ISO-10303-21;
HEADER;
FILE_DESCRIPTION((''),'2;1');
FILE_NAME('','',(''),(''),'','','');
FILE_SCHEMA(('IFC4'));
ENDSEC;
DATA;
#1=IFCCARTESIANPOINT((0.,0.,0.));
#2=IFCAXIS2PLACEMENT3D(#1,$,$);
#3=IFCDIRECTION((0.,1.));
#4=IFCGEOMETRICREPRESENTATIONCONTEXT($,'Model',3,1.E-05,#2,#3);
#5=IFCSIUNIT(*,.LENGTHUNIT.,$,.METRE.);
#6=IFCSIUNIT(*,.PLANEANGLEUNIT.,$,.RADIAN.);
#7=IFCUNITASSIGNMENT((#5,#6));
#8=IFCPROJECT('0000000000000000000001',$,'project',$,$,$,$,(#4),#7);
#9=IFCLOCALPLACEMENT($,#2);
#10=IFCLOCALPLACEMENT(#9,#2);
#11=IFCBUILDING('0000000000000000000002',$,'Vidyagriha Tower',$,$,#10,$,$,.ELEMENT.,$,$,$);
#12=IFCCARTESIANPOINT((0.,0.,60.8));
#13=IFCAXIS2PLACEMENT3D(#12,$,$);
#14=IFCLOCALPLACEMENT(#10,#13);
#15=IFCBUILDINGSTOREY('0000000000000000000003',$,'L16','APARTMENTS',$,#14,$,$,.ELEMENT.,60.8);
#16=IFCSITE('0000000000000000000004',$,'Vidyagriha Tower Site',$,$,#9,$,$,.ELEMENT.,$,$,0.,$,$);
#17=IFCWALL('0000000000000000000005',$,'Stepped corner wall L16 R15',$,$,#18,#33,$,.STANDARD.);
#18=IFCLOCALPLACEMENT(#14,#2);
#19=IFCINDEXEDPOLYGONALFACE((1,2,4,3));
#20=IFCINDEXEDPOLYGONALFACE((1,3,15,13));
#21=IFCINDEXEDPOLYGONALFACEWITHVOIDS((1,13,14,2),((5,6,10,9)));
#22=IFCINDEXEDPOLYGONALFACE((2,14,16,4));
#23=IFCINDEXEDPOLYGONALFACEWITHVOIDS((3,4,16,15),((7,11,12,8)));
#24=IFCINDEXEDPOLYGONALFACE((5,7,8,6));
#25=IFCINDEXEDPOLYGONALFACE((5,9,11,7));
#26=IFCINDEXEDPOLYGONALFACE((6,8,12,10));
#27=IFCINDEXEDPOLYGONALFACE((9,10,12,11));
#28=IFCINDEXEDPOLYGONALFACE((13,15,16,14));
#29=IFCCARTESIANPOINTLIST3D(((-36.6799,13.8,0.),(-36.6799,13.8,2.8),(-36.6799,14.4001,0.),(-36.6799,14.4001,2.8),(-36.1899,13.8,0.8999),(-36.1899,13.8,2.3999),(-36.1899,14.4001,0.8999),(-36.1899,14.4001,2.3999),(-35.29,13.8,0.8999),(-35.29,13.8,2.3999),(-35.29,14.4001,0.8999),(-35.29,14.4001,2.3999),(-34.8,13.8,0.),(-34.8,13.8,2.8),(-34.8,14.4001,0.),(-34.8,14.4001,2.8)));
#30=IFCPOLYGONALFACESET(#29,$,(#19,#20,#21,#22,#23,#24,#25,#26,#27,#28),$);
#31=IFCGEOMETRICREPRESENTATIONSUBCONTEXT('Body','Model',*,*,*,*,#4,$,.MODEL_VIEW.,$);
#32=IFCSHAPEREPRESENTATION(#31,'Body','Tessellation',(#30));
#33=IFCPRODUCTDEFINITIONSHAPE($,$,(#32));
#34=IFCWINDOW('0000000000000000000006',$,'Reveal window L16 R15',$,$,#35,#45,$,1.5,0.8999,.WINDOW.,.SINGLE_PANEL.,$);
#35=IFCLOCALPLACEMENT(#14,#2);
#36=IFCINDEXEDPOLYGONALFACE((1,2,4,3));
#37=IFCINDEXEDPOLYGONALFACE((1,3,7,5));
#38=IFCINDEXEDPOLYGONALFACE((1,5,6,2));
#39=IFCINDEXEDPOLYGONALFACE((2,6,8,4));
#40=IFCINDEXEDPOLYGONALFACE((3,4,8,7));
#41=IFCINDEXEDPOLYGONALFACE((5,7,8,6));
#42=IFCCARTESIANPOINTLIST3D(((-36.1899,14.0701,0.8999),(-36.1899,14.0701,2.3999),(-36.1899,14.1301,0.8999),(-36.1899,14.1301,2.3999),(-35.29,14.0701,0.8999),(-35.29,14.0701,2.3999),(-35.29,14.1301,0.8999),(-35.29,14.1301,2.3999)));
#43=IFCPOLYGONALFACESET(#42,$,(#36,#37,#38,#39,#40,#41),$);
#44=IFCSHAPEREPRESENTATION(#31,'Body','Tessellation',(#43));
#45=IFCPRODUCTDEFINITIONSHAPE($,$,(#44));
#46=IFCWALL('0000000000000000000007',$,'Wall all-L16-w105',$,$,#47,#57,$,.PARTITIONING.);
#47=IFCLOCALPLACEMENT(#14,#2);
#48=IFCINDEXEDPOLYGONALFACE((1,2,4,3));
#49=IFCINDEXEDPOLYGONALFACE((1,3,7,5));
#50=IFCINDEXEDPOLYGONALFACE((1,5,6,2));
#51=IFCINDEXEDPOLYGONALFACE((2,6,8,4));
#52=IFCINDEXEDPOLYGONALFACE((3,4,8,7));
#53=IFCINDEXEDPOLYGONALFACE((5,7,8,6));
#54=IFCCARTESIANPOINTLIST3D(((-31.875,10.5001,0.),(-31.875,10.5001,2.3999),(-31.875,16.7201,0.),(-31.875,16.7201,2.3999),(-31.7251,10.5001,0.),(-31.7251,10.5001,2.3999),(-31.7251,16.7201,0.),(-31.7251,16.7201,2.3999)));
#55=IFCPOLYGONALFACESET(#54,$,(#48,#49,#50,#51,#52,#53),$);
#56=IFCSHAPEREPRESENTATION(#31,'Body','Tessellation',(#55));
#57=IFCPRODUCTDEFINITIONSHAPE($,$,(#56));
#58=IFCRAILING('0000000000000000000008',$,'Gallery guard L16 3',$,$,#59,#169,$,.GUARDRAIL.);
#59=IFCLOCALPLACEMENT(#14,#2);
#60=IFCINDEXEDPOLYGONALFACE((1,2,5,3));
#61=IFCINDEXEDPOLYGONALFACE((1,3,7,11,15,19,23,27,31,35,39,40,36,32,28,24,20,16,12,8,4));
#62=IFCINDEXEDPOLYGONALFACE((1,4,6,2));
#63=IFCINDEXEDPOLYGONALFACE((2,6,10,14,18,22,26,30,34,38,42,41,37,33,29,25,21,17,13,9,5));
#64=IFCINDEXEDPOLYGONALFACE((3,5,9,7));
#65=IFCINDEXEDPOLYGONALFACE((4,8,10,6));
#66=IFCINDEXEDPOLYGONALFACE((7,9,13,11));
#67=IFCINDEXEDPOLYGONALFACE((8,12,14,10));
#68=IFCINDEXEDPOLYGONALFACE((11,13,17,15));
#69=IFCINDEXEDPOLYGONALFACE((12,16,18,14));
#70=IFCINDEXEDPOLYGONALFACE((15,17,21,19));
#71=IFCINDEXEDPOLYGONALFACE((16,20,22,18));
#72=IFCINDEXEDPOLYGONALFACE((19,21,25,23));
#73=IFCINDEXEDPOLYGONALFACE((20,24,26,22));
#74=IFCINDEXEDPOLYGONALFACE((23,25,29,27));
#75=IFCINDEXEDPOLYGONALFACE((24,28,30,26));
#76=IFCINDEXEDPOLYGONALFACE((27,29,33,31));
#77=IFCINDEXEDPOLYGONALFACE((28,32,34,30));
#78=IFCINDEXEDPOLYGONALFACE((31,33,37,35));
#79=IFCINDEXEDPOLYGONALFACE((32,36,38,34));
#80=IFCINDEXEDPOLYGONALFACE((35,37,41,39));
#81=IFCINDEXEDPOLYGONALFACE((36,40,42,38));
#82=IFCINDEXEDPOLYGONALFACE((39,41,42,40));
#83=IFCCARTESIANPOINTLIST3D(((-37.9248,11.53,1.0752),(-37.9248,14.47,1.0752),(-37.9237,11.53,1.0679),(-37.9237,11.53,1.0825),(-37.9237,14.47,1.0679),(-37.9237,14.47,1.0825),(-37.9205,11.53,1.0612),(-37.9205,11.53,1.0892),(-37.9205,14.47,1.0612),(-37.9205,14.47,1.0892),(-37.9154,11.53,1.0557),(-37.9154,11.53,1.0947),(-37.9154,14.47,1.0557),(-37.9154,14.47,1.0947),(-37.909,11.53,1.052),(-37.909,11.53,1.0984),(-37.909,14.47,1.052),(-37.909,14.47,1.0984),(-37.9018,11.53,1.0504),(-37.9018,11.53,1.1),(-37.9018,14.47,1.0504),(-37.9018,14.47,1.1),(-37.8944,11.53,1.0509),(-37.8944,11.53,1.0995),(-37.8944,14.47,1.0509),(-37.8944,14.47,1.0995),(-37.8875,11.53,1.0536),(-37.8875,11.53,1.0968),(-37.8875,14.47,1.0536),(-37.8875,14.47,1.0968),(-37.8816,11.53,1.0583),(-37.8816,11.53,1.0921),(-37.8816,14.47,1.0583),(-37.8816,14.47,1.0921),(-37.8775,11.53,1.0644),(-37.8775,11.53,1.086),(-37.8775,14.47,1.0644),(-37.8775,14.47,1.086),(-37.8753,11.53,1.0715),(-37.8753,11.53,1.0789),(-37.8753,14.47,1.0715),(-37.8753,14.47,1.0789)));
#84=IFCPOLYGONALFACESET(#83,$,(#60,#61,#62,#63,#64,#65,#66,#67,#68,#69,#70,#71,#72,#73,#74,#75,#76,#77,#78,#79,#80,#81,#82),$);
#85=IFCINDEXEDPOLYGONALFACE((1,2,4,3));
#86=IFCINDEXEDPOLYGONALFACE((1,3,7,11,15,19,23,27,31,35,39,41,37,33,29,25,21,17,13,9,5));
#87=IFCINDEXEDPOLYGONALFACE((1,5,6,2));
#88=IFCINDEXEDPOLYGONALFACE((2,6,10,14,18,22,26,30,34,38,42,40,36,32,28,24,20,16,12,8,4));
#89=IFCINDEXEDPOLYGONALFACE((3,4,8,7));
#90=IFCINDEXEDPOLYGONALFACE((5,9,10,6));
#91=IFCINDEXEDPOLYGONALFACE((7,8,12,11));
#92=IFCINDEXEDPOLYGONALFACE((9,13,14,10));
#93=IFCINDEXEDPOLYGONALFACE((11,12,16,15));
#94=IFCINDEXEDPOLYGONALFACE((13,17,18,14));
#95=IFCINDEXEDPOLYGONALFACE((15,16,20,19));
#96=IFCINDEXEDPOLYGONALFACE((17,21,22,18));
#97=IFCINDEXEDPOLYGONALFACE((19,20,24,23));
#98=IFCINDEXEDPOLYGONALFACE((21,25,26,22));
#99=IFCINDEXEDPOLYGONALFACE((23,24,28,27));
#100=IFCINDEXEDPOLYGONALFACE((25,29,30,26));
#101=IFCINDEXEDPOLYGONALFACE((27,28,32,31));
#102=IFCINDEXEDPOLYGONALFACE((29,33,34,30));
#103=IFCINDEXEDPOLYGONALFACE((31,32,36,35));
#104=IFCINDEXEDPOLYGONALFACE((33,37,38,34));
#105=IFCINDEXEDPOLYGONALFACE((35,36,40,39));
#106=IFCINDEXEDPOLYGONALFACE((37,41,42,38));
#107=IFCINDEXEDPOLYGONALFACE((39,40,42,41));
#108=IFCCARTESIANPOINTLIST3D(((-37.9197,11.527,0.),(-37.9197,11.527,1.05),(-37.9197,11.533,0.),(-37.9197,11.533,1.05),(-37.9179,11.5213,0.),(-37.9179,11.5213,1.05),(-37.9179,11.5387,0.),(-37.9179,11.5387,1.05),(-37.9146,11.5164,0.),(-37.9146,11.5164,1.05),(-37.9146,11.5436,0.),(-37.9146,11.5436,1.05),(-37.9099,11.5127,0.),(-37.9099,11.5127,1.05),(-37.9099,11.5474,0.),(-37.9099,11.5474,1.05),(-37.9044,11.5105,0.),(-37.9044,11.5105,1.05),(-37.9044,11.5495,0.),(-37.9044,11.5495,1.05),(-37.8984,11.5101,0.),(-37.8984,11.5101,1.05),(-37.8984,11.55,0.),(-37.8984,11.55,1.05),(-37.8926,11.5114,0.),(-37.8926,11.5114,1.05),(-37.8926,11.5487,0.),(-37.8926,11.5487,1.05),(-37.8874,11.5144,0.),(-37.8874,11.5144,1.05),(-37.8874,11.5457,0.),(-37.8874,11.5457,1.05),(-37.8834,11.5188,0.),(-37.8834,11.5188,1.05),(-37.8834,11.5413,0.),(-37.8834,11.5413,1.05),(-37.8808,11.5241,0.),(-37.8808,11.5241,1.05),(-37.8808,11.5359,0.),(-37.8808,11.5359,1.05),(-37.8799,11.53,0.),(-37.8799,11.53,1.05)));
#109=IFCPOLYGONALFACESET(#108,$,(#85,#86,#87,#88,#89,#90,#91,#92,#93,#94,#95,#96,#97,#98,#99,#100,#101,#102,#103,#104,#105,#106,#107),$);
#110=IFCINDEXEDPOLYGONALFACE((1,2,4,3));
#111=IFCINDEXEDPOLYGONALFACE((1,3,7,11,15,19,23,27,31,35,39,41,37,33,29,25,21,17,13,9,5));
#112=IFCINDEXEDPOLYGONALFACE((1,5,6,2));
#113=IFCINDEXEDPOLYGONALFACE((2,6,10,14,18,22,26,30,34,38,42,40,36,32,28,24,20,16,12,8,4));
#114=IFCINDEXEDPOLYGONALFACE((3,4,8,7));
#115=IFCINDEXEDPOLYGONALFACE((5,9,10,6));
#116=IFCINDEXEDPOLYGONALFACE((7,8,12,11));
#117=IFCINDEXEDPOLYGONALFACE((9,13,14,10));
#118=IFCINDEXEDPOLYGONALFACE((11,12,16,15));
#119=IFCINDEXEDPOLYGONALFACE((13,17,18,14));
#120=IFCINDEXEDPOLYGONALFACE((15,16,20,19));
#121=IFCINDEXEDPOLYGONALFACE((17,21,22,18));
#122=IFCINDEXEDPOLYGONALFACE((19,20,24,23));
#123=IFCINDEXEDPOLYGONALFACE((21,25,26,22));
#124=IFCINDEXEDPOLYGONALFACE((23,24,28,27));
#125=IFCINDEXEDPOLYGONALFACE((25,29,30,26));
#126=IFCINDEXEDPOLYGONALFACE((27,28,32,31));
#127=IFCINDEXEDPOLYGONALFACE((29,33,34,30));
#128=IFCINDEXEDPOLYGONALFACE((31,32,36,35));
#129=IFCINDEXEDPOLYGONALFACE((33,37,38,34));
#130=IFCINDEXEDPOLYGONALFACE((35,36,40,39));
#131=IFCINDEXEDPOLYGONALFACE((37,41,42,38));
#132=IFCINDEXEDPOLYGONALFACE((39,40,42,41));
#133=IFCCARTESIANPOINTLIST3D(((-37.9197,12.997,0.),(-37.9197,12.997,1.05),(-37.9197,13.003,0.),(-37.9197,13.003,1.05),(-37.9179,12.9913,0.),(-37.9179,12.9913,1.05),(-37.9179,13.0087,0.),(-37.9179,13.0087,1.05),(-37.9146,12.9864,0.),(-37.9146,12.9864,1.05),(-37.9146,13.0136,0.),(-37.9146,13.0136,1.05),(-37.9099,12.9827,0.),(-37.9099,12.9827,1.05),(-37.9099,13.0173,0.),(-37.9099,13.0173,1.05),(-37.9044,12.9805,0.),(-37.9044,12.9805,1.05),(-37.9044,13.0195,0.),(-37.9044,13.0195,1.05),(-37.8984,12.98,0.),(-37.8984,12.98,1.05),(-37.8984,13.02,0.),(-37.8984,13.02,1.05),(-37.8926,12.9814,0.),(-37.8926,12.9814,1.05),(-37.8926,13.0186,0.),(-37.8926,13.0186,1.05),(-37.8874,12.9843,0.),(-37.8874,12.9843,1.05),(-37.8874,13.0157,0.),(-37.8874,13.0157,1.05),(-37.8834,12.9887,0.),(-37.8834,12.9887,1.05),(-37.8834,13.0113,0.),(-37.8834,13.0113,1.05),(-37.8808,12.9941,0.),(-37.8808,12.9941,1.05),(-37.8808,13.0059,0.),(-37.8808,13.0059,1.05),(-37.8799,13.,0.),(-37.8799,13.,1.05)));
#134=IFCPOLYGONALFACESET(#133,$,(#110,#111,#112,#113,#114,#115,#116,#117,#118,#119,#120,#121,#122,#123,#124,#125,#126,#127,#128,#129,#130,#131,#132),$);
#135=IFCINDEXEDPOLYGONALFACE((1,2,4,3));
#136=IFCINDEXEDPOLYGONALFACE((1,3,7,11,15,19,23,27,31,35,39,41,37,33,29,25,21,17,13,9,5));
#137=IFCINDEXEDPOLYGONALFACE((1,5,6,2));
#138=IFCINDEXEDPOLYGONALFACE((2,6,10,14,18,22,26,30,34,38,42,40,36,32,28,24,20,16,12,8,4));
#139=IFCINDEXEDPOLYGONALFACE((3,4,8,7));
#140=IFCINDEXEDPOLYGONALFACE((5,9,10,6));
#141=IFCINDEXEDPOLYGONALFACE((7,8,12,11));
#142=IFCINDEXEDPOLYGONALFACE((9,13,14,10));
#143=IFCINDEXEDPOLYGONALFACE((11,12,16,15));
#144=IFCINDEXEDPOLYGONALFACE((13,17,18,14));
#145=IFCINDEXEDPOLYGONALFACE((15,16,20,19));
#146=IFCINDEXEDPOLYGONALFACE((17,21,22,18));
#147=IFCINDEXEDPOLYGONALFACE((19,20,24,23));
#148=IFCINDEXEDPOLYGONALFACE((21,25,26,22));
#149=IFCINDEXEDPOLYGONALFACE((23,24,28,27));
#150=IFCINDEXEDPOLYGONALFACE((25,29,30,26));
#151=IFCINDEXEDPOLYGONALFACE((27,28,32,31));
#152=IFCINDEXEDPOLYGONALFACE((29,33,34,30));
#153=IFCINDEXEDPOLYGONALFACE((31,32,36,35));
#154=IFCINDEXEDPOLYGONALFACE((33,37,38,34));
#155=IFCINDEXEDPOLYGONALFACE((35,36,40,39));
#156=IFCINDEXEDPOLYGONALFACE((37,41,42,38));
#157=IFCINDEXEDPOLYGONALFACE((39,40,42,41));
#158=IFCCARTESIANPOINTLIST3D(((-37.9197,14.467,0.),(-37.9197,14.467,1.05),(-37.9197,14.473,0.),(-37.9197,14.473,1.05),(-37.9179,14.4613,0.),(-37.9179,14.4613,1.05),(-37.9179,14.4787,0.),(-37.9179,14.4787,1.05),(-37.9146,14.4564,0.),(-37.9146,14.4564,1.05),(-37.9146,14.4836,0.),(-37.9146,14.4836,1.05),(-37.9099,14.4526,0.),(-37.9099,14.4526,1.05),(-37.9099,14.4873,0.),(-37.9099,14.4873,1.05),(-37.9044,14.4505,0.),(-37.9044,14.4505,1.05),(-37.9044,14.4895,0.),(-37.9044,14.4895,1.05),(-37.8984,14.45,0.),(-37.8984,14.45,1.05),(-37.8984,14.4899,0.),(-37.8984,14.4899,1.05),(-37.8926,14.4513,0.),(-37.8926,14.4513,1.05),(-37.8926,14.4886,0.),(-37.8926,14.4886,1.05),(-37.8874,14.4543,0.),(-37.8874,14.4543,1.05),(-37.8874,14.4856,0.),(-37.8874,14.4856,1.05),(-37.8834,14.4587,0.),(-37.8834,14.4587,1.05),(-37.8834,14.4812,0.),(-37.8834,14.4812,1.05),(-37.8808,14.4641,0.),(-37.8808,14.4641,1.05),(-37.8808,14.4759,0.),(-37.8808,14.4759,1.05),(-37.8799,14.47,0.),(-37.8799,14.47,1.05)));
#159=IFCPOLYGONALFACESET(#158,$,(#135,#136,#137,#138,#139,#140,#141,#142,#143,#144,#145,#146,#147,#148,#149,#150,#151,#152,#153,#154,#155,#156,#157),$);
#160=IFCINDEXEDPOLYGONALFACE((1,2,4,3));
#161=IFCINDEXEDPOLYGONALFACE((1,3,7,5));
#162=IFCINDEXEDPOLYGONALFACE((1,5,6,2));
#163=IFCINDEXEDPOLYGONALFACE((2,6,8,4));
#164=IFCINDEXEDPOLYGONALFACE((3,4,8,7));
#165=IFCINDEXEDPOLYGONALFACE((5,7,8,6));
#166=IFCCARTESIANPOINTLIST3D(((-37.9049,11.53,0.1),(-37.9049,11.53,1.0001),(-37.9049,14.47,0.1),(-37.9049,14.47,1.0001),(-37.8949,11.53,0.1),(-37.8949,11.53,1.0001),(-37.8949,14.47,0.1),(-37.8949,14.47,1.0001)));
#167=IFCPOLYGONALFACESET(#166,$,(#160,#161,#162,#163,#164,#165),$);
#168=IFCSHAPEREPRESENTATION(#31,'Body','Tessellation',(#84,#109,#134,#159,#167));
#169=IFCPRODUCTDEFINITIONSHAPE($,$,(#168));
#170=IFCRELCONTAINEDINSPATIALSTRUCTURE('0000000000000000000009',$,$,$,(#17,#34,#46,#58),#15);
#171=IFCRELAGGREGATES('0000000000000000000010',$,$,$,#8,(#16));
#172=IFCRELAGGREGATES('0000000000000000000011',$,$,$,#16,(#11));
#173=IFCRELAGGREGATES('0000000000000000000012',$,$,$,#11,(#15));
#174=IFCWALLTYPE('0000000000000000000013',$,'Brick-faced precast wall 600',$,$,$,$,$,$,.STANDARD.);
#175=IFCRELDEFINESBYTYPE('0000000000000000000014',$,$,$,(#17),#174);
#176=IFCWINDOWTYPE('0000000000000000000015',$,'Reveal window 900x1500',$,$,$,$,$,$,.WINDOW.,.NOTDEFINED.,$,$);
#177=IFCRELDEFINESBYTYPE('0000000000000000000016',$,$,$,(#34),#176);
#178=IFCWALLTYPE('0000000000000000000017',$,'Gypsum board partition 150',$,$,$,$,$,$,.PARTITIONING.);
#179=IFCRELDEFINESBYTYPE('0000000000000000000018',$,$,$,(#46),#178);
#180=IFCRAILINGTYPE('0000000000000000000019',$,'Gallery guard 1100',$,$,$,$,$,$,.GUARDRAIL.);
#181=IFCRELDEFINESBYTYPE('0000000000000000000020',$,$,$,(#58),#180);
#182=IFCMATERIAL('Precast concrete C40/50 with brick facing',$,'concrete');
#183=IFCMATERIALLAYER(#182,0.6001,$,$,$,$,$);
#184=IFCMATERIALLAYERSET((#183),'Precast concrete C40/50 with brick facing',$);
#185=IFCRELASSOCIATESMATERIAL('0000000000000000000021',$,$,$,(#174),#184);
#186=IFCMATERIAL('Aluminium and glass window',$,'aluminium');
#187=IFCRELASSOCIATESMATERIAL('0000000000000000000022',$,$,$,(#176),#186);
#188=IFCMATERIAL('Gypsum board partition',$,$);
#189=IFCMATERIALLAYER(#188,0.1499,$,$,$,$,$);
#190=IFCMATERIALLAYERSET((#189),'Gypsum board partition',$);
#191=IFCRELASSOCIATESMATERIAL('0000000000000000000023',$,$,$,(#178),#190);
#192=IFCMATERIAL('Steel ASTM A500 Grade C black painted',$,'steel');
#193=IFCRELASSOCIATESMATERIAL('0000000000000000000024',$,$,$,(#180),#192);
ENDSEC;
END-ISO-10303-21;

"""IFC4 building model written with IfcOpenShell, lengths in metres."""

from ifc_helpers import new_model, si_unit, direction, frame, frame_2d, origin, origin_2d, place, context, subcontext, project, spatial, rectangle, circle, extrude, material, layer, layer_set, type_object, element, fill, save


model = new_model("IFC4")

# Units and contexts
model_context = context("Model", 3, precision=1e-05, world=origin(), true_north=direction((0.0, 1.0)))
body_context = subcontext(model_context, "Body", "Model", "MODEL_VIEW")
ifc_project = project(units=[si_unit("LENGTHUNIT", "METRE"), si_unit("PLANEANGLEUNIT", "RADIAN")], contexts=[model_context])

# Site, building, storey
site_placement = place(None, origin())
site = spatial("IfcSite", under=ifc_project, at=site_placement, Name="Vidyagriha Tower Site", CompositionType="ELEMENT", RefElevation=0.0)
building_placement = place(site_placement, origin())
building = spatial("IfcBuilding", under=site, at=building_placement, Name="Vidyagriha Tower", CompositionType="ELEMENT")
storey_placement = place(building_placement, frame((0.0, 0.0, 60.8)))
storey = spatial("IfcBuildingStorey", under=building, at=storey_placement, Name="L16", Description="APARTMENTS", CompositionType="ELEMENT", Elevation=60.8)

# Shared definitions
ifc_material_1 = material(Name="Precast concrete C40/50 with brick facing", Category="concrete")
ifc_layer_1 = layer(ifc_material_1, 0.6001)
ifc_layer_set_1 = layer_set([ifc_layer_1], Name="Precast concrete C40/50 with brick facing")
wall_type_1 = type_object("IfcWallType", Name="Brick-faced precast wall 600", PredefinedType="STANDARD", material=ifc_layer_set_1)

# Shared definitions
ifc_material_2 = material(Name="Aluminium and glass window", Category="aluminium")
window_type = type_object("IfcWindowType", Name="Reveal window 900x1500", PartitioningType="NOTDEFINED", PredefinedType="WINDOW", material=ifc_material_2)

# Wall, opening, window
wall_1_placement = place(storey_placement, frame((-34.8, 14.1001, 0.0), z_axis=(0.0, 0.0, 1.0), x_axis=(-1.0, 0.0, 0.0)))
wall_1 = element("IfcWall", 1, at=wall_1_placement, inside=storey, type_object=wall_type_1, Name="Stepped corner wall L16 R15", PredefinedType="STANDARD", context=body_context, shape_type="SweptSolid", body=[
    extrude(rectangle(XDim=1.8799, YDim=0.6001, at=frame_2d((0.9399, 0.0))), origin(), (0.0, 0.0, 1.0), 2.8),
])
opening_1_placement = place(wall_1_placement, frame((0.49, 0.0, 0.8999)))
opening_1 = element("IfcOpeningElement", 2, at=opening_1_placement, cuts=wall_1, PredefinedType="OPENING", context=body_context, shape_type="SweptSolid", body=[
    extrude(rectangle(XDim=0.8999, YDim=1.5, at=frame_2d((0.45, 0.75))), frame((0.0, 0.3101, 0.0), z_axis=(0.0, -1.0, 0.0), x_axis=(1.0, 0.0, 0.0)), (0.0, 0.0, 1.0), 0.6201),
])
window_1_placement = place(opening_1_placement, origin())
window_1 = element("IfcWindow", 3, at=window_1_placement, inside=storey, type_object=window_type, Name="Reveal window L16 R15", OverallHeight=1.5, OverallWidth=0.8999, PartitioningType="SINGLE_PANEL", PredefinedType="WINDOW", context=body_context, shape_type="SweptSolid", body=[
    extrude(rectangle(XDim=0.8999, YDim=1.5, at=frame_2d((0.45, 0.75))), frame((0.0, 0.03, 0.0), z_axis=(0.0, -1.0, 0.0), x_axis=(1.0, 0.0, 0.0)), (0.0, 0.0, 1.0), 0.0601),
])
fill(opening_1, window_1)

# Wall
ifc_material_3 = material(Name="Gypsum board partition")
ifc_layer_2 = layer(ifc_material_3, 0.1499)
ifc_layer_set_2 = layer_set([ifc_layer_2], Name="Gypsum board partition")
wall_type_2 = type_object("IfcWallType", Name="Gypsum board partition 150", PredefinedType="PARTITIONING", material=ifc_layer_set_2)
wall_2_placement = place(storey_placement, frame((-31.8, 16.72, 0.0), z_axis=(0.0, 0.0, 1.0), x_axis=(0.0, -1.0, 0.0)))
element("IfcWall", 4, at=wall_2_placement, inside=storey, type_object=wall_type_2, Name="Wall all-L16-w105", PredefinedType="PARTITIONING", context=body_context, shape_type="SweptSolid", body=[
    extrude(rectangle(XDim=6.22, YDim=0.1499, at=frame_2d((3.1099, 0.0))), origin(), (0.0, 0.0, 1.0), 2.3999),
])

# Railing
ifc_material_4 = material(Name="Steel ASTM A500 Grade C black painted", Category="steel")
railing_type = type_object("IfcRailingType", Name="Gallery guard 1100", PredefinedType="GUARDRAIL", material=ifc_material_4)
railing_1_placement = place(storey_placement, frame((-37.8999, 11.53, 0.0)))
element("IfcRailing", 5, at=railing_1_placement, inside=storey, type_object=railing_type, Name="Gallery guard L16 3", PredefinedType="GUARDRAIL", context=body_context, shape_type="SweptSolid", body=[
    extrude(circle(Radius=0.0249, at=origin_2d()), frame((0.0, 0.0, 1.0752), z_axis=(0.0, 1.0, 0.0), x_axis=(-1.0, 0.0, 0.0)), (0.0, 0.0, 1.0), 2.9399),
    extrude(circle(Radius=0.02, at=origin_2d()), origin(), (0.0, 0.0, 1.0), 1.05),
    extrude(circle(Radius=0.02, at=origin_2d()), frame((0.0, 1.47, 0.0)), (0.0, 0.0, 1.0), 1.05),
    extrude(circle(Radius=0.02, at=origin_2d()), frame((0.0, 2.9399, 0.0)), (0.0, 0.0, 1.0), 1.05),
    extrude(rectangle(XDim=0.01, YDim=0.9001, at=origin_2d()), frame((0.0, 0.0, 0.55), z_axis=(0.0, 1.0, 0.0), x_axis=(-1.0, 0.0, 0.0)), (0.0, 0.0, 1.0), 2.9399),
])

save(model, "model.ifc")
